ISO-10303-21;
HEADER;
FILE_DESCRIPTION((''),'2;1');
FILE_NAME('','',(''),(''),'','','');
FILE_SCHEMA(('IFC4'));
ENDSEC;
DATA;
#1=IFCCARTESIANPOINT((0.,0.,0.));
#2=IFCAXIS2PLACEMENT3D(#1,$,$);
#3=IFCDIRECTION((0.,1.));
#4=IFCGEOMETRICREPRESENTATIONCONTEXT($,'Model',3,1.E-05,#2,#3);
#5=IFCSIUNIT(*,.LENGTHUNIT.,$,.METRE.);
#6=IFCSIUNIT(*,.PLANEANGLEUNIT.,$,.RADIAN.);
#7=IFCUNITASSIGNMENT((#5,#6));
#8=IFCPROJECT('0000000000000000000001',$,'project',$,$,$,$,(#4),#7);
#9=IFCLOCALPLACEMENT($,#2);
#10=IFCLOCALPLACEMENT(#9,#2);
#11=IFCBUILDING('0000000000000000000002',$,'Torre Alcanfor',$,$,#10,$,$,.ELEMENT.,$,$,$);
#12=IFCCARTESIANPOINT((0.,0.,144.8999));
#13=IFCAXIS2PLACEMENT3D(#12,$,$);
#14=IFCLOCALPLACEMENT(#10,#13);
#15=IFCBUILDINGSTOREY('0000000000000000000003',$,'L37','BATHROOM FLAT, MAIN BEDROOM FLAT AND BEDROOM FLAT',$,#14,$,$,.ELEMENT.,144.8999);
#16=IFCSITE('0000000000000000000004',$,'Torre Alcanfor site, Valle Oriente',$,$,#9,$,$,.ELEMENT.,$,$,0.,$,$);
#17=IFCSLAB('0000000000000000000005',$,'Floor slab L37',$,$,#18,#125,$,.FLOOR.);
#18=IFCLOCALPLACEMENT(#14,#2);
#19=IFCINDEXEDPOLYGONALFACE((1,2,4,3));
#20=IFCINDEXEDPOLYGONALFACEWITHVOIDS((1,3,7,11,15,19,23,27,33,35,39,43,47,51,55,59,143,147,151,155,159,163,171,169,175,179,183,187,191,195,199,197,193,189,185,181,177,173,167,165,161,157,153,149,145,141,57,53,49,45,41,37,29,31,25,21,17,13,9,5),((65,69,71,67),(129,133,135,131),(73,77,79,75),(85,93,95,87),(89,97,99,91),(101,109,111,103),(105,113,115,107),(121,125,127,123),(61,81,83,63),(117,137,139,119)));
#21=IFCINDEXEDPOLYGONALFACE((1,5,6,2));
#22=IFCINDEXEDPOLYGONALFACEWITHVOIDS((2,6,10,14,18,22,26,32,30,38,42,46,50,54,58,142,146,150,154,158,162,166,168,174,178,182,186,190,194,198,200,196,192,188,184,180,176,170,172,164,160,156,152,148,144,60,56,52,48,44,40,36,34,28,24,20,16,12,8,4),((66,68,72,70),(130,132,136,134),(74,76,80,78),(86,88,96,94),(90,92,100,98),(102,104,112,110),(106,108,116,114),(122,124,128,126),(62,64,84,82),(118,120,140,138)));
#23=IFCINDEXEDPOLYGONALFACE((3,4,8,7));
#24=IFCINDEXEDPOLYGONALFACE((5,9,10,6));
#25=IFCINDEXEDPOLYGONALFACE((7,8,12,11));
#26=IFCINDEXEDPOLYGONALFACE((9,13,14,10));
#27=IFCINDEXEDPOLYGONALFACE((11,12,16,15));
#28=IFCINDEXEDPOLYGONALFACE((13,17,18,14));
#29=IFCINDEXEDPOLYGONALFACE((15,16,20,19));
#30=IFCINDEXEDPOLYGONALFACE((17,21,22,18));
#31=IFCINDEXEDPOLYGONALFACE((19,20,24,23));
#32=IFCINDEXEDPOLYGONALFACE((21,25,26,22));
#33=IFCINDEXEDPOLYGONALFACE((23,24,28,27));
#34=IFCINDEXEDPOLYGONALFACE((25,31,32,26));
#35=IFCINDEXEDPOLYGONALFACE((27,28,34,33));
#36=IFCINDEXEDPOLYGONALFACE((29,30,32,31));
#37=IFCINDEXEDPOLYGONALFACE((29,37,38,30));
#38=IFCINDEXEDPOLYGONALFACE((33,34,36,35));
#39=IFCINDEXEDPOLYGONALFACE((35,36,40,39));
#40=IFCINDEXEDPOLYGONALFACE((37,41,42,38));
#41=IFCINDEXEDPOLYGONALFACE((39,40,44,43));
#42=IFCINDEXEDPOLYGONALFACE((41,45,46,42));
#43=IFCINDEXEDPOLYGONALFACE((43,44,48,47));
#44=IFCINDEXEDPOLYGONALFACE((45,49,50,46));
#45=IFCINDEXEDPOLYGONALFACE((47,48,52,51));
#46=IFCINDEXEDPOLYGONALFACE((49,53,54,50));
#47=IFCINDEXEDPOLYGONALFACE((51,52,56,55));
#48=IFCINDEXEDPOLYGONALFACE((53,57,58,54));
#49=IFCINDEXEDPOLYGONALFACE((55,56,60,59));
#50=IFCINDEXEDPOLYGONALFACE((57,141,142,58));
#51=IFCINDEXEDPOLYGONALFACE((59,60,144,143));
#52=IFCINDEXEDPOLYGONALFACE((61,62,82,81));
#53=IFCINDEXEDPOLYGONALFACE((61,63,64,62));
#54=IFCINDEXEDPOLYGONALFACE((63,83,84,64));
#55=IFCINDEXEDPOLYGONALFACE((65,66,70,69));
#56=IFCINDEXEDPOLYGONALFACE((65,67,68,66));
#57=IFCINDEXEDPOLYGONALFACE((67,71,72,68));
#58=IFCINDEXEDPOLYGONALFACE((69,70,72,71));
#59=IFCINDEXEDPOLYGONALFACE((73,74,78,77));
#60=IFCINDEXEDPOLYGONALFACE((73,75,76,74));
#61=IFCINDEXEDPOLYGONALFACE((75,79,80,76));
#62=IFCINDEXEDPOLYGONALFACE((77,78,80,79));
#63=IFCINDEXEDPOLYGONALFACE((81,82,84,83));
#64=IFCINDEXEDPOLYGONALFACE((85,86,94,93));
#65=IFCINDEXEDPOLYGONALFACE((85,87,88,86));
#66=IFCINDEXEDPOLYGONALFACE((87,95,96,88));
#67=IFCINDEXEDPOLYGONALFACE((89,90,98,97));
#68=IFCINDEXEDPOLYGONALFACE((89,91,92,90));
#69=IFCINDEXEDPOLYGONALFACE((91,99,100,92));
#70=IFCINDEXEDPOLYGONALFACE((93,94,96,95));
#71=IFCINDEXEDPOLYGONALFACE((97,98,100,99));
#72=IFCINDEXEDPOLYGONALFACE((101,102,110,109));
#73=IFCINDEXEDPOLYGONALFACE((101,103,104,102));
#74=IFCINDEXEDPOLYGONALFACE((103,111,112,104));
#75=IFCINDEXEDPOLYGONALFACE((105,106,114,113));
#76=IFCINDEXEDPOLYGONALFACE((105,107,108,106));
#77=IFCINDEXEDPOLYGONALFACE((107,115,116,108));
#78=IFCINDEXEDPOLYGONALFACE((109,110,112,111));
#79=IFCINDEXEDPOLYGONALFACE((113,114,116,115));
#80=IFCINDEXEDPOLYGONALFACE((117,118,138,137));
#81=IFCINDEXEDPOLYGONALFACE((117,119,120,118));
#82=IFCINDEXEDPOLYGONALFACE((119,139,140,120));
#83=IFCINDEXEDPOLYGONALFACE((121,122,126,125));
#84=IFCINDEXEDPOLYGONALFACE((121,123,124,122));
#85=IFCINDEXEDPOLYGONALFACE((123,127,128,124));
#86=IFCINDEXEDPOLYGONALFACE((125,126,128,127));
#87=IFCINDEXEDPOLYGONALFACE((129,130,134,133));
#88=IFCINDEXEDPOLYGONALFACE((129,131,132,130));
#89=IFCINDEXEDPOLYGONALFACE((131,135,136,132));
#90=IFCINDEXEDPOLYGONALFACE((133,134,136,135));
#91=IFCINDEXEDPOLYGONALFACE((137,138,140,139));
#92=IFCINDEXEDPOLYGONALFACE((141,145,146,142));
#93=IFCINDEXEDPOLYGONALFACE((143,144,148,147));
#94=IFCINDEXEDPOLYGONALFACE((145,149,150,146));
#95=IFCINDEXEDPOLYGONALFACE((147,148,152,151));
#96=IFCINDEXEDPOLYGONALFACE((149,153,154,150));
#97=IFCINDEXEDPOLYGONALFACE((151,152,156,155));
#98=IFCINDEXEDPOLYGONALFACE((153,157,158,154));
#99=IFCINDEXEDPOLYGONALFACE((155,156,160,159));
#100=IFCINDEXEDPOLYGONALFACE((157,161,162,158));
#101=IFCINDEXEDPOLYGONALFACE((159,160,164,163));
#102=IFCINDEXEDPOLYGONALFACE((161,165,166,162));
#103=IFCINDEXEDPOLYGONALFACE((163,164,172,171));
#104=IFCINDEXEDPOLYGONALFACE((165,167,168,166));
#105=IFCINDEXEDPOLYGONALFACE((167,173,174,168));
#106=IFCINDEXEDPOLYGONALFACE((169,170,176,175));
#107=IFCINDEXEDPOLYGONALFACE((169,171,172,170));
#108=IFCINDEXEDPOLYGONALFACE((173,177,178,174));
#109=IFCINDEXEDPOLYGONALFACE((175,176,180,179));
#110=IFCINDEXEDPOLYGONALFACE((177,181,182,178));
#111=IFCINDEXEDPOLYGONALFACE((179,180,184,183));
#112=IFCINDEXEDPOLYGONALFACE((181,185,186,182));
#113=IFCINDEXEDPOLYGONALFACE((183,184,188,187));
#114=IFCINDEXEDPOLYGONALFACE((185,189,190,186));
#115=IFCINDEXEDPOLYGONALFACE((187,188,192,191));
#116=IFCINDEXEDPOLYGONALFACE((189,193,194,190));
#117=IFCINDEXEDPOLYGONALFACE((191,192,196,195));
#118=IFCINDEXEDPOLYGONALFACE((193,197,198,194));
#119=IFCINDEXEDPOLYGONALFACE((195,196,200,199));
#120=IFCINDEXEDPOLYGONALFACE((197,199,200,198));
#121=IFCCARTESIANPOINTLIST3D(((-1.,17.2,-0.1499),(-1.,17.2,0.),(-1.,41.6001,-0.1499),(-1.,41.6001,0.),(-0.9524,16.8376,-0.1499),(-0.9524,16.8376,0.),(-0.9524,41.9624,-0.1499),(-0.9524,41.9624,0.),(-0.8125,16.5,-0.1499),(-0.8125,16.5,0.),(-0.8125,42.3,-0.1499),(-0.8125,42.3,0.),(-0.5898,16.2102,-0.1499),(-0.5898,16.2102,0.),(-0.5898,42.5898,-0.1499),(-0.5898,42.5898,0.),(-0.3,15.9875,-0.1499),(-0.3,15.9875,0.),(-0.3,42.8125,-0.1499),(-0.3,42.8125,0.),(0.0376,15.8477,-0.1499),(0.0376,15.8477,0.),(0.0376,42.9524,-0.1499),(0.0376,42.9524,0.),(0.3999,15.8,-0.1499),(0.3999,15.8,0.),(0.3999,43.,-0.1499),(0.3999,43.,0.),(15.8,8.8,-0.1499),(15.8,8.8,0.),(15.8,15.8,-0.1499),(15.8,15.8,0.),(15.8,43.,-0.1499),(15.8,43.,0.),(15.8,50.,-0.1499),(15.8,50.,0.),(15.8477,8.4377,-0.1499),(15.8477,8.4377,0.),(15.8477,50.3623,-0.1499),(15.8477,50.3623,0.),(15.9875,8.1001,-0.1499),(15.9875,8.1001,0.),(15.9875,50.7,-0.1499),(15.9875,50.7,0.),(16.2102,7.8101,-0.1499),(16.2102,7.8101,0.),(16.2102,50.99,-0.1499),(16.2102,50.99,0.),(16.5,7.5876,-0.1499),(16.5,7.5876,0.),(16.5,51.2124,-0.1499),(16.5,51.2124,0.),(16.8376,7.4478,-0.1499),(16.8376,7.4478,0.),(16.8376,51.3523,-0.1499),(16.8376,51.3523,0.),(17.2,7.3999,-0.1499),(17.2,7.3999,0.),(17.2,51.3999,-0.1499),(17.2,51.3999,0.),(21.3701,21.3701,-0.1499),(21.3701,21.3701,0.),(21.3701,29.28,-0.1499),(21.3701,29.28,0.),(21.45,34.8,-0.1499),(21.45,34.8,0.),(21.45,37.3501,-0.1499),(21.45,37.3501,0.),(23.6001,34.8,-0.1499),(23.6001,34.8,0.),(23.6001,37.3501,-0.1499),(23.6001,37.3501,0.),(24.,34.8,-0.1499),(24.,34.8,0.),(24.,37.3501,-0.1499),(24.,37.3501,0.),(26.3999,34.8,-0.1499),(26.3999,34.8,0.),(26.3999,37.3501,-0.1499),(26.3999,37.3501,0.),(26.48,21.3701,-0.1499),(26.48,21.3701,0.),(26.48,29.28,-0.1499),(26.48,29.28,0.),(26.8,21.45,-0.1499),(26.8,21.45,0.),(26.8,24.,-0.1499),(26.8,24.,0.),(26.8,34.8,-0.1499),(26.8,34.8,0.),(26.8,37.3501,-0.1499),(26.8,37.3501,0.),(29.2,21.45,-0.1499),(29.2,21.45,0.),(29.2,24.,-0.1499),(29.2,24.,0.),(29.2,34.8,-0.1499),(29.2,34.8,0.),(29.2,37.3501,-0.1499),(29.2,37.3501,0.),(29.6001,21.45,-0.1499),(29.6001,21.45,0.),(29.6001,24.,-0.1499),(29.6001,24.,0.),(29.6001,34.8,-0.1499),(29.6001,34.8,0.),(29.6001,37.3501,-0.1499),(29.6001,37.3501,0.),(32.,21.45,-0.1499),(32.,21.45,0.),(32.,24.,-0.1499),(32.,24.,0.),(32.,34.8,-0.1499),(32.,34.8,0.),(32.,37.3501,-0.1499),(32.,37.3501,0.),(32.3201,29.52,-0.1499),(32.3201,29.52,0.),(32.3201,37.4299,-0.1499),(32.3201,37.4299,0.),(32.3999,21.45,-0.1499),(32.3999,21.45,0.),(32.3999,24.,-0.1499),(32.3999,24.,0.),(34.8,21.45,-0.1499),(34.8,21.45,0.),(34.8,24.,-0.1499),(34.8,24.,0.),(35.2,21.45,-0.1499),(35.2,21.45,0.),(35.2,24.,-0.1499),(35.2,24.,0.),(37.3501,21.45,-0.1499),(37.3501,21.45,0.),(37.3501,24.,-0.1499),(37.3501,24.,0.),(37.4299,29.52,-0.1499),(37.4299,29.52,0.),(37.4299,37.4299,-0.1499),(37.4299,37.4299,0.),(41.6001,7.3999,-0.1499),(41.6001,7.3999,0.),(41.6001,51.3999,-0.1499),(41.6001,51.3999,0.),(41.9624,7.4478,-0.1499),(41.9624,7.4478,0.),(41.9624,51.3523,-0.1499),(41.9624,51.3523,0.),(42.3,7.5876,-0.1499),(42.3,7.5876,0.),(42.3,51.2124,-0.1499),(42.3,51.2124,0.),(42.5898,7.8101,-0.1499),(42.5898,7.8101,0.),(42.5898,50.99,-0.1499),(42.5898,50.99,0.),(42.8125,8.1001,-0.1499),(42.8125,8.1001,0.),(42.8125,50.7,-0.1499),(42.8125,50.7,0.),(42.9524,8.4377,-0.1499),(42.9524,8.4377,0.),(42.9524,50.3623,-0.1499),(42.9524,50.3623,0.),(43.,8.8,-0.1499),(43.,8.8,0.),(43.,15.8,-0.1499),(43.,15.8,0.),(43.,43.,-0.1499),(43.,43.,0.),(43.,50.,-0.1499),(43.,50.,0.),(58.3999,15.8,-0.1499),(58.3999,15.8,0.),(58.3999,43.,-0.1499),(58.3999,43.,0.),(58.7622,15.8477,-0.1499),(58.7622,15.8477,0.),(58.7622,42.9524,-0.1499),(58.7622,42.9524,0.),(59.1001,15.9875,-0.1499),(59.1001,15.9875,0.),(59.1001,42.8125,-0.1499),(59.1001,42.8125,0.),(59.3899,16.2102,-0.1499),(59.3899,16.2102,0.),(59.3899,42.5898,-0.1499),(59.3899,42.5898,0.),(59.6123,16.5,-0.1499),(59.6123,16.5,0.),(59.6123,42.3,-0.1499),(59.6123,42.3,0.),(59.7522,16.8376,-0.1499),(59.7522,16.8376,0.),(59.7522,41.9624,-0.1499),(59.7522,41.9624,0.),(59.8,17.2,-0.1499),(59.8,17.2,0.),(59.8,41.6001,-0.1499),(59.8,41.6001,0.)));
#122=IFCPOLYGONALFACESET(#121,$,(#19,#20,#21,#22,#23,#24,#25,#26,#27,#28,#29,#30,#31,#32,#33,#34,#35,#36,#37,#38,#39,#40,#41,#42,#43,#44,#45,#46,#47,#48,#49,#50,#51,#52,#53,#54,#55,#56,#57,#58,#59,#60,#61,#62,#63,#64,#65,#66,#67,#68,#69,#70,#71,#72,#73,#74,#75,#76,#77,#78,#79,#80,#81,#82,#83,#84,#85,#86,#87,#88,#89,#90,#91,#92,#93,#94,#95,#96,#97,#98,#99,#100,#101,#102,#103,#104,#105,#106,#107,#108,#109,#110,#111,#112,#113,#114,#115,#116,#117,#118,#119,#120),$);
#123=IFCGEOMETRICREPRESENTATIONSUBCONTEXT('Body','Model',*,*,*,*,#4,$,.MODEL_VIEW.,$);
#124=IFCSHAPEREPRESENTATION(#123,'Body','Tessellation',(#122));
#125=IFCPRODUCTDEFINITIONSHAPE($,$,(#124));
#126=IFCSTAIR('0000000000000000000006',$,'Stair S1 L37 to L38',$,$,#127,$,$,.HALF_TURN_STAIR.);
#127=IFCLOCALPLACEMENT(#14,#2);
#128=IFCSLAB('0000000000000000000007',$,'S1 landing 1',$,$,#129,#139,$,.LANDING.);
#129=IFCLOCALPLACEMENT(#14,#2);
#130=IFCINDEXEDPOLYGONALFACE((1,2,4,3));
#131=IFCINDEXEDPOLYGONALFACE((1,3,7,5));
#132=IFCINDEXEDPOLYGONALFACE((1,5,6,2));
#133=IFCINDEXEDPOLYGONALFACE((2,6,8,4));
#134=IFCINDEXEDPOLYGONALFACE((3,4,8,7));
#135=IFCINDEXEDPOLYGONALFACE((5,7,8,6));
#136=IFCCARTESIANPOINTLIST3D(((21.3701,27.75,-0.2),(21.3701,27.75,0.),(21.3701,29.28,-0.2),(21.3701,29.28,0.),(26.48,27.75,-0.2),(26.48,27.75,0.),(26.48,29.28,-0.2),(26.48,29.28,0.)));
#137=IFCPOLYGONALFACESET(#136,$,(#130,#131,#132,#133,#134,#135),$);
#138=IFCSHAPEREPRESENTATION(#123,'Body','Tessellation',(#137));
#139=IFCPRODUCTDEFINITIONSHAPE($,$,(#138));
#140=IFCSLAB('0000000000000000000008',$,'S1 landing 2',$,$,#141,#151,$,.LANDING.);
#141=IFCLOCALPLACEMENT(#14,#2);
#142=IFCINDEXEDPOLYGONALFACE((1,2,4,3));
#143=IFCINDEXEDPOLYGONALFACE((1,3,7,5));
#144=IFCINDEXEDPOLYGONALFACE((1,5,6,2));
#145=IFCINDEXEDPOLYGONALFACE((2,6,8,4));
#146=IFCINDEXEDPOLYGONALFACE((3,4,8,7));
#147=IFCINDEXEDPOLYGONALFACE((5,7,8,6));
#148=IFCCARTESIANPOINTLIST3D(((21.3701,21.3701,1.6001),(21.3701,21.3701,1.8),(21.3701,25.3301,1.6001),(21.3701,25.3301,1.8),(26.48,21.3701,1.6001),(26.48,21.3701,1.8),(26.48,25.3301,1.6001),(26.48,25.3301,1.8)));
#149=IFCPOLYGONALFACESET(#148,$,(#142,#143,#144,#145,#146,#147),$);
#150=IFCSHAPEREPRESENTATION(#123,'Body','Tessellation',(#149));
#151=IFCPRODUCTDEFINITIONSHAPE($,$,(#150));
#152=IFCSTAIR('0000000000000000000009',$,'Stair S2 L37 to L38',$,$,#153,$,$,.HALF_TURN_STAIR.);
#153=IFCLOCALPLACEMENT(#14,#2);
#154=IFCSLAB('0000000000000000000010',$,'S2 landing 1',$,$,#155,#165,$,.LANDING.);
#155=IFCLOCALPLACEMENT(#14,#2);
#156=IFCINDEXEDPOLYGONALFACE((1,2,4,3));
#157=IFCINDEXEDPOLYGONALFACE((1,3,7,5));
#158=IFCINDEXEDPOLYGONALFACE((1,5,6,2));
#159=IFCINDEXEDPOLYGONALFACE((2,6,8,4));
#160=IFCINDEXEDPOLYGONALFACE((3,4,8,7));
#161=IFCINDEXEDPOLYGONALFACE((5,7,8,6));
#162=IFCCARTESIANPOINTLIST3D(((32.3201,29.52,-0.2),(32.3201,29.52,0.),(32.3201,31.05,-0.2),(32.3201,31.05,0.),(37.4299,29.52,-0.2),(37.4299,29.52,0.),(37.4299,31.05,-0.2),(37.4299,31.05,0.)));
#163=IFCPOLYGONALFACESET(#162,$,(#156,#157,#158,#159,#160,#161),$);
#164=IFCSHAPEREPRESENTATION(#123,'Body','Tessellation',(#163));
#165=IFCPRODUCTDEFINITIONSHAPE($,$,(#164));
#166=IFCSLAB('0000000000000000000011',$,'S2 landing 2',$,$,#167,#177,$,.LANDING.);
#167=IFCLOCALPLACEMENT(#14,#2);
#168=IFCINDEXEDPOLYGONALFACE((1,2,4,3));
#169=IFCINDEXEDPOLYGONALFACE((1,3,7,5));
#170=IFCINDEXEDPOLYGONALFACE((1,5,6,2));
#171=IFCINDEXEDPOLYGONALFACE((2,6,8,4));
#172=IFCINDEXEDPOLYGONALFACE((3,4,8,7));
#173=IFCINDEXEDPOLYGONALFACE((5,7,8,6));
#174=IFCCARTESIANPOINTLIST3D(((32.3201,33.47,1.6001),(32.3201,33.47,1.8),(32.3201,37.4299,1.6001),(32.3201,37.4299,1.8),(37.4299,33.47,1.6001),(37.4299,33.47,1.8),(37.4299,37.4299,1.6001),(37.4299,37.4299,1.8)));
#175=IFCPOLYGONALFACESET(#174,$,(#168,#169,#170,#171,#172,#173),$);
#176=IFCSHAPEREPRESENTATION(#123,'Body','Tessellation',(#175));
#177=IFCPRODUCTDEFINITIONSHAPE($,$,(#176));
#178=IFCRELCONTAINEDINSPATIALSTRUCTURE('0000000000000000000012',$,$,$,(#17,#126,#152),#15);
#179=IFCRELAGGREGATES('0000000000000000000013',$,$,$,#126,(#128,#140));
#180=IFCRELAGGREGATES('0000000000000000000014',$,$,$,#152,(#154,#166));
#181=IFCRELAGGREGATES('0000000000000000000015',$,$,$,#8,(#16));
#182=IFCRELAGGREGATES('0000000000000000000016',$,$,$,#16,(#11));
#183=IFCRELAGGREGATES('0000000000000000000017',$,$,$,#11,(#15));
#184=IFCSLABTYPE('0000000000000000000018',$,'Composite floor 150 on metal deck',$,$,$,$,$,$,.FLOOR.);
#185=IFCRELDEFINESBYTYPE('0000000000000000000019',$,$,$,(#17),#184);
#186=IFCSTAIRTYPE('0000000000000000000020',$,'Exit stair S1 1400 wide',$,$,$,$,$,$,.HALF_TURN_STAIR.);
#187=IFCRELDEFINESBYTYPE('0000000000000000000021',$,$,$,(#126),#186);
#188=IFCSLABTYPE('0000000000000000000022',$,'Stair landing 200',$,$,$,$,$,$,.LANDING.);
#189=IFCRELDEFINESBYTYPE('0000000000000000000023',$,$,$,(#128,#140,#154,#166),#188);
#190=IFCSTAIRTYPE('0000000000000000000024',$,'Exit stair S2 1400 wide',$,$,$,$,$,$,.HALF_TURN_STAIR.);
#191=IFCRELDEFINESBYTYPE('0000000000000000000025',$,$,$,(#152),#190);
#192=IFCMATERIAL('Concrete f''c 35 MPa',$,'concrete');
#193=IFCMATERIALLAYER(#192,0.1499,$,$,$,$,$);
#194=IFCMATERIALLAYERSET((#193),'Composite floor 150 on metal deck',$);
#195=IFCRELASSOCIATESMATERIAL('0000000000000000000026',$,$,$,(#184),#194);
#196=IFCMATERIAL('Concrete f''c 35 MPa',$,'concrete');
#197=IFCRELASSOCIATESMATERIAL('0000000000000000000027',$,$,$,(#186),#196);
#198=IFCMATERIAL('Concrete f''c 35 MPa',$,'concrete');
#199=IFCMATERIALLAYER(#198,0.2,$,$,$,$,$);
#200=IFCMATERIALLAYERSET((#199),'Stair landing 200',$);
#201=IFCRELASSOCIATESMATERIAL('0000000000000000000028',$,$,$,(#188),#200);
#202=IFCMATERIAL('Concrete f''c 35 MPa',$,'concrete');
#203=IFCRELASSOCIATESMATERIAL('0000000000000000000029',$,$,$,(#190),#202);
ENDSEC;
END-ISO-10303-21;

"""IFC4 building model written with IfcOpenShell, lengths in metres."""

from ifc_helpers import new_model, si_unit, direction, frame, origin, place, context, subcontext, project, spatial, polyline, outline, extrude, material, layer, layer_set, type_object, element, aggregate, save


model = new_model("IFC4")

# Units and contexts
model_context = context("Model", 3, precision=1e-05, world=origin(), true_north=direction((0.0, 1.0)))
body_context = subcontext(model_context, "Body", "Model", "MODEL_VIEW")
ifc_project = project(units=[si_unit("LENGTHUNIT", "METRE"), si_unit("PLANEANGLEUNIT", "RADIAN")], contexts=[model_context])

# Site, building, storey
site_placement = place(None, origin())
site = spatial("IfcSite", under=ifc_project, at=site_placement, Name="Torre Alcanfor site, Valle Oriente", CompositionType="ELEMENT", RefElevation=0.0)
building_placement = place(site_placement, origin())
building = spatial("IfcBuilding", under=site, at=building_placement, Name="Torre Alcanfor", CompositionType="ELEMENT")
storey_placement = place(building_placement, frame((0.0, 0.0, 144.8999)))
storey = spatial("IfcBuildingStorey", under=building, at=storey_placement, Name="L37", Description="BATHROOM FLAT, MAIN BEDROOM FLAT AND BEDROOM FLAT", CompositionType="ELEMENT", Elevation=144.8999)

# Slab
ifc_material_1 = material(Name="Concrete f'c 35 MPa", Category="concrete")
ifc_layer_1 = layer(ifc_material_1, 0.1499)
ifc_layer_set_1 = layer_set([ifc_layer_1], Name="Composite floor 150 on metal deck")
slab_type_1 = type_object("IfcSlabType", Name="Composite floor 150 on metal deck", PredefinedType="FLOOR", material=ifc_layer_set_1)
slab_1_placement = place(storey_placement, frame((0.0, 0.0, -0.1499)))
element("IfcSlab", 1, at=slab_1_placement, inside=storey, type_object=slab_type_1, Name="Floor slab L37", PredefinedType="FLOOR", context=body_context, shape_type="SweptSolid", body=[
    extrude(outline(polyline([(15.8, 43.0), (0.3999, 43.0), (0.0376, 42.9524), (-0.3, 42.8125), (-0.5898, 42.5898), (-0.8125, 42.3), (-0.9524, 41.9624), (-1.0, 41.6001), (-1.0, 17.2), (-0.9524, 16.8376), (-0.8125, 16.5), (-0.5898, 16.2102), (-0.3, 15.9875), (0.0376, 15.8477), (0.3999, 15.8), (15.8, 15.8), (15.8, 8.8), (15.8477, 8.4377), (15.9875, 8.1001), (16.2102, 7.8101), (16.5, 7.5876), (16.8376, 7.4478), (17.2, 7.3999), (41.6001, 7.3999), (41.9624, 7.4478), (42.3, 7.5876), (42.5898, 7.8101), (42.8125, 8.1001), (42.9524, 8.4377), (43.0, 8.8), (43.0, 15.8), (58.3999, 15.8), (58.7622, 15.8477), (59.1001, 15.9875), (59.3899, 16.2102), (59.6123, 16.5), (59.7522, 16.8376), (59.8, 17.2), (59.8, 41.6001), (59.7522, 41.9624), (59.6123, 42.3), (59.3899, 42.5898), (59.1001, 42.8125), (58.7622, 42.9524), (58.3999, 43.0), (43.0, 43.0), (43.0, 50.0), (42.9524, 50.3623), (42.8125, 50.7), (42.5898, 50.99), (42.3, 51.2124), (41.9624, 51.3523), (41.6001, 51.3999), (17.2, 51.3999), (16.8376, 51.3523), (16.5, 51.2124), (16.2102, 50.99), (15.9875, 50.7), (15.8477, 50.3623), (15.8, 50.0), (15.8, 43.0)]), holes=[polyline([(21.3701, 21.3701), (26.48, 21.3701), (26.48, 29.28), (21.3701, 29.28), (21.3701, 21.3701)]), polyline([(32.3201, 29.52), (37.4299, 29.52), (37.4299, 37.4299), (32.3201, 37.4299), (32.3201, 29.52)]), polyline([(26.8, 21.45), (29.2, 21.45), (29.2, 24.0), (26.8, 24.0), (26.8, 21.45)]), polyline([(29.6001, 21.45), (32.0, 21.45), (32.0, 24.0), (29.6001, 24.0), (29.6001, 21.45)]), polyline([(32.3999, 21.45), (34.8, 21.45), (34.8, 24.0), (32.3999, 24.0), (32.3999, 21.45)]), polyline([(35.2, 21.45), (37.3501, 21.45), (37.3501, 24.0), (35.2, 24.0), (35.2, 21.45)]), polyline([(21.45, 34.8), (23.6001, 34.8), (23.6001, 37.3501), (21.45, 37.3501), (21.45, 34.8)]), polyline([(24.0, 34.8), (26.3999, 34.8), (26.3999, 37.3501), (24.0, 37.3501), (24.0, 34.8)]), polyline([(26.8, 34.8), (29.2, 34.8), (29.2, 37.3501), (26.8, 37.3501), (26.8, 34.8)]), polyline([(29.6001, 34.8), (32.0, 34.8), (32.0, 37.3501), (29.6001, 37.3501), (29.6001, 34.8)])]), origin(), (0.0, 0.0, 1.0), 0.1499),
])

# Stairs, slabs
ifc_material_2 = material(Name="Concrete f'c 35 MPa", Category="concrete")
stair_type_1 = type_object("IfcStairType", Name="Exit stair S1 1400 wide", PredefinedType="HALF_TURN_STAIR", material=ifc_material_2)
stair_1_placement = place(storey_placement, origin())
stair_1 = element("IfcStair", 2, at=stair_1_placement, inside=storey, type_object=stair_type_1, Name="Stair S1 L37 to L38", PredefinedType="HALF_TURN_STAIR")
ifc_material_3 = material(Name="Concrete f'c 35 MPa", Category="concrete")
ifc_layer_2 = layer(ifc_material_3, 0.2)
ifc_layer_set_2 = layer_set([ifc_layer_2], Name="Stair landing 200")
slab_type_2 = type_object("IfcSlabType", Name="Stair landing 200", PredefinedType="LANDING", material=ifc_layer_set_2)
slab_2_placement = place(storey_placement, frame((0.0, 0.0, -0.2)))
slab_2 = element("IfcSlab", 3, at=slab_2_placement, type_object=slab_type_2, Name="S1 landing 1", PredefinedType="LANDING", context=body_context, shape_type="SweptSolid", body=[
    extrude(outline(polyline([(21.3701, 27.75), (26.48, 27.75), (26.48, 29.28), (21.3701, 29.28), (21.3701, 27.75)])), origin(), (0.0, 0.0, 1.0), 0.2),
])
slab_3_placement = place(storey_placement, frame((0.0, 0.0, 1.6001)))
slab_3 = element("IfcSlab", 4, at=slab_3_placement, type_object=slab_type_2, Name="S1 landing 2", PredefinedType="LANDING", context=body_context, shape_type="SweptSolid", body=[
    extrude(outline(polyline([(21.3701, 21.3701), (26.48, 21.3701), (26.48, 25.3301), (21.3701, 25.3301), (21.3701, 21.3701)])), origin(), (0.0, 0.0, 1.0), 0.2),
])
aggregate(stair_1, [slab_2, slab_3])
ifc_material_4 = material(Name="Concrete f'c 35 MPa", Category="concrete")
stair_type_2 = type_object("IfcStairType", Name="Exit stair S2 1400 wide", PredefinedType="HALF_TURN_STAIR", material=ifc_material_4)
stair_2_placement = place(storey_placement, origin())
stair_2 = element("IfcStair", 5, at=stair_2_placement, inside=storey, type_object=stair_type_2, Name="Stair S2 L37 to L38", PredefinedType="HALF_TURN_STAIR")
slab_4_placement = place(storey_placement, frame((0.0, 0.0, -0.2)))
slab_4 = element("IfcSlab", 6, at=slab_4_placement, type_object=slab_type_2, Name="S2 landing 1", PredefinedType="LANDING", context=body_context, shape_type="SweptSolid", body=[
    extrude(outline(polyline([(32.3201, 29.52), (37.4299, 29.52), (37.4299, 31.05), (32.3201, 31.05), (32.3201, 29.52)])), origin(), (0.0, 0.0, 1.0), 0.2),
])
slab_5_placement = place(storey_placement, frame((0.0, 0.0, 1.6001)))
slab_5 = element("IfcSlab", 7, at=slab_5_placement, type_object=slab_type_2, Name="S2 landing 2", PredefinedType="LANDING", context=body_context, shape_type="SweptSolid", body=[
    extrude(outline(polyline([(32.3201, 33.47), (37.4299, 33.47), (37.4299, 37.4299), (32.3201, 37.4299), (32.3201, 33.47)])), origin(), (0.0, 0.0, 1.0), 0.2),
])
aggregate(stair_2, [slab_4, slab_5])

save(model, "model.ifc")
